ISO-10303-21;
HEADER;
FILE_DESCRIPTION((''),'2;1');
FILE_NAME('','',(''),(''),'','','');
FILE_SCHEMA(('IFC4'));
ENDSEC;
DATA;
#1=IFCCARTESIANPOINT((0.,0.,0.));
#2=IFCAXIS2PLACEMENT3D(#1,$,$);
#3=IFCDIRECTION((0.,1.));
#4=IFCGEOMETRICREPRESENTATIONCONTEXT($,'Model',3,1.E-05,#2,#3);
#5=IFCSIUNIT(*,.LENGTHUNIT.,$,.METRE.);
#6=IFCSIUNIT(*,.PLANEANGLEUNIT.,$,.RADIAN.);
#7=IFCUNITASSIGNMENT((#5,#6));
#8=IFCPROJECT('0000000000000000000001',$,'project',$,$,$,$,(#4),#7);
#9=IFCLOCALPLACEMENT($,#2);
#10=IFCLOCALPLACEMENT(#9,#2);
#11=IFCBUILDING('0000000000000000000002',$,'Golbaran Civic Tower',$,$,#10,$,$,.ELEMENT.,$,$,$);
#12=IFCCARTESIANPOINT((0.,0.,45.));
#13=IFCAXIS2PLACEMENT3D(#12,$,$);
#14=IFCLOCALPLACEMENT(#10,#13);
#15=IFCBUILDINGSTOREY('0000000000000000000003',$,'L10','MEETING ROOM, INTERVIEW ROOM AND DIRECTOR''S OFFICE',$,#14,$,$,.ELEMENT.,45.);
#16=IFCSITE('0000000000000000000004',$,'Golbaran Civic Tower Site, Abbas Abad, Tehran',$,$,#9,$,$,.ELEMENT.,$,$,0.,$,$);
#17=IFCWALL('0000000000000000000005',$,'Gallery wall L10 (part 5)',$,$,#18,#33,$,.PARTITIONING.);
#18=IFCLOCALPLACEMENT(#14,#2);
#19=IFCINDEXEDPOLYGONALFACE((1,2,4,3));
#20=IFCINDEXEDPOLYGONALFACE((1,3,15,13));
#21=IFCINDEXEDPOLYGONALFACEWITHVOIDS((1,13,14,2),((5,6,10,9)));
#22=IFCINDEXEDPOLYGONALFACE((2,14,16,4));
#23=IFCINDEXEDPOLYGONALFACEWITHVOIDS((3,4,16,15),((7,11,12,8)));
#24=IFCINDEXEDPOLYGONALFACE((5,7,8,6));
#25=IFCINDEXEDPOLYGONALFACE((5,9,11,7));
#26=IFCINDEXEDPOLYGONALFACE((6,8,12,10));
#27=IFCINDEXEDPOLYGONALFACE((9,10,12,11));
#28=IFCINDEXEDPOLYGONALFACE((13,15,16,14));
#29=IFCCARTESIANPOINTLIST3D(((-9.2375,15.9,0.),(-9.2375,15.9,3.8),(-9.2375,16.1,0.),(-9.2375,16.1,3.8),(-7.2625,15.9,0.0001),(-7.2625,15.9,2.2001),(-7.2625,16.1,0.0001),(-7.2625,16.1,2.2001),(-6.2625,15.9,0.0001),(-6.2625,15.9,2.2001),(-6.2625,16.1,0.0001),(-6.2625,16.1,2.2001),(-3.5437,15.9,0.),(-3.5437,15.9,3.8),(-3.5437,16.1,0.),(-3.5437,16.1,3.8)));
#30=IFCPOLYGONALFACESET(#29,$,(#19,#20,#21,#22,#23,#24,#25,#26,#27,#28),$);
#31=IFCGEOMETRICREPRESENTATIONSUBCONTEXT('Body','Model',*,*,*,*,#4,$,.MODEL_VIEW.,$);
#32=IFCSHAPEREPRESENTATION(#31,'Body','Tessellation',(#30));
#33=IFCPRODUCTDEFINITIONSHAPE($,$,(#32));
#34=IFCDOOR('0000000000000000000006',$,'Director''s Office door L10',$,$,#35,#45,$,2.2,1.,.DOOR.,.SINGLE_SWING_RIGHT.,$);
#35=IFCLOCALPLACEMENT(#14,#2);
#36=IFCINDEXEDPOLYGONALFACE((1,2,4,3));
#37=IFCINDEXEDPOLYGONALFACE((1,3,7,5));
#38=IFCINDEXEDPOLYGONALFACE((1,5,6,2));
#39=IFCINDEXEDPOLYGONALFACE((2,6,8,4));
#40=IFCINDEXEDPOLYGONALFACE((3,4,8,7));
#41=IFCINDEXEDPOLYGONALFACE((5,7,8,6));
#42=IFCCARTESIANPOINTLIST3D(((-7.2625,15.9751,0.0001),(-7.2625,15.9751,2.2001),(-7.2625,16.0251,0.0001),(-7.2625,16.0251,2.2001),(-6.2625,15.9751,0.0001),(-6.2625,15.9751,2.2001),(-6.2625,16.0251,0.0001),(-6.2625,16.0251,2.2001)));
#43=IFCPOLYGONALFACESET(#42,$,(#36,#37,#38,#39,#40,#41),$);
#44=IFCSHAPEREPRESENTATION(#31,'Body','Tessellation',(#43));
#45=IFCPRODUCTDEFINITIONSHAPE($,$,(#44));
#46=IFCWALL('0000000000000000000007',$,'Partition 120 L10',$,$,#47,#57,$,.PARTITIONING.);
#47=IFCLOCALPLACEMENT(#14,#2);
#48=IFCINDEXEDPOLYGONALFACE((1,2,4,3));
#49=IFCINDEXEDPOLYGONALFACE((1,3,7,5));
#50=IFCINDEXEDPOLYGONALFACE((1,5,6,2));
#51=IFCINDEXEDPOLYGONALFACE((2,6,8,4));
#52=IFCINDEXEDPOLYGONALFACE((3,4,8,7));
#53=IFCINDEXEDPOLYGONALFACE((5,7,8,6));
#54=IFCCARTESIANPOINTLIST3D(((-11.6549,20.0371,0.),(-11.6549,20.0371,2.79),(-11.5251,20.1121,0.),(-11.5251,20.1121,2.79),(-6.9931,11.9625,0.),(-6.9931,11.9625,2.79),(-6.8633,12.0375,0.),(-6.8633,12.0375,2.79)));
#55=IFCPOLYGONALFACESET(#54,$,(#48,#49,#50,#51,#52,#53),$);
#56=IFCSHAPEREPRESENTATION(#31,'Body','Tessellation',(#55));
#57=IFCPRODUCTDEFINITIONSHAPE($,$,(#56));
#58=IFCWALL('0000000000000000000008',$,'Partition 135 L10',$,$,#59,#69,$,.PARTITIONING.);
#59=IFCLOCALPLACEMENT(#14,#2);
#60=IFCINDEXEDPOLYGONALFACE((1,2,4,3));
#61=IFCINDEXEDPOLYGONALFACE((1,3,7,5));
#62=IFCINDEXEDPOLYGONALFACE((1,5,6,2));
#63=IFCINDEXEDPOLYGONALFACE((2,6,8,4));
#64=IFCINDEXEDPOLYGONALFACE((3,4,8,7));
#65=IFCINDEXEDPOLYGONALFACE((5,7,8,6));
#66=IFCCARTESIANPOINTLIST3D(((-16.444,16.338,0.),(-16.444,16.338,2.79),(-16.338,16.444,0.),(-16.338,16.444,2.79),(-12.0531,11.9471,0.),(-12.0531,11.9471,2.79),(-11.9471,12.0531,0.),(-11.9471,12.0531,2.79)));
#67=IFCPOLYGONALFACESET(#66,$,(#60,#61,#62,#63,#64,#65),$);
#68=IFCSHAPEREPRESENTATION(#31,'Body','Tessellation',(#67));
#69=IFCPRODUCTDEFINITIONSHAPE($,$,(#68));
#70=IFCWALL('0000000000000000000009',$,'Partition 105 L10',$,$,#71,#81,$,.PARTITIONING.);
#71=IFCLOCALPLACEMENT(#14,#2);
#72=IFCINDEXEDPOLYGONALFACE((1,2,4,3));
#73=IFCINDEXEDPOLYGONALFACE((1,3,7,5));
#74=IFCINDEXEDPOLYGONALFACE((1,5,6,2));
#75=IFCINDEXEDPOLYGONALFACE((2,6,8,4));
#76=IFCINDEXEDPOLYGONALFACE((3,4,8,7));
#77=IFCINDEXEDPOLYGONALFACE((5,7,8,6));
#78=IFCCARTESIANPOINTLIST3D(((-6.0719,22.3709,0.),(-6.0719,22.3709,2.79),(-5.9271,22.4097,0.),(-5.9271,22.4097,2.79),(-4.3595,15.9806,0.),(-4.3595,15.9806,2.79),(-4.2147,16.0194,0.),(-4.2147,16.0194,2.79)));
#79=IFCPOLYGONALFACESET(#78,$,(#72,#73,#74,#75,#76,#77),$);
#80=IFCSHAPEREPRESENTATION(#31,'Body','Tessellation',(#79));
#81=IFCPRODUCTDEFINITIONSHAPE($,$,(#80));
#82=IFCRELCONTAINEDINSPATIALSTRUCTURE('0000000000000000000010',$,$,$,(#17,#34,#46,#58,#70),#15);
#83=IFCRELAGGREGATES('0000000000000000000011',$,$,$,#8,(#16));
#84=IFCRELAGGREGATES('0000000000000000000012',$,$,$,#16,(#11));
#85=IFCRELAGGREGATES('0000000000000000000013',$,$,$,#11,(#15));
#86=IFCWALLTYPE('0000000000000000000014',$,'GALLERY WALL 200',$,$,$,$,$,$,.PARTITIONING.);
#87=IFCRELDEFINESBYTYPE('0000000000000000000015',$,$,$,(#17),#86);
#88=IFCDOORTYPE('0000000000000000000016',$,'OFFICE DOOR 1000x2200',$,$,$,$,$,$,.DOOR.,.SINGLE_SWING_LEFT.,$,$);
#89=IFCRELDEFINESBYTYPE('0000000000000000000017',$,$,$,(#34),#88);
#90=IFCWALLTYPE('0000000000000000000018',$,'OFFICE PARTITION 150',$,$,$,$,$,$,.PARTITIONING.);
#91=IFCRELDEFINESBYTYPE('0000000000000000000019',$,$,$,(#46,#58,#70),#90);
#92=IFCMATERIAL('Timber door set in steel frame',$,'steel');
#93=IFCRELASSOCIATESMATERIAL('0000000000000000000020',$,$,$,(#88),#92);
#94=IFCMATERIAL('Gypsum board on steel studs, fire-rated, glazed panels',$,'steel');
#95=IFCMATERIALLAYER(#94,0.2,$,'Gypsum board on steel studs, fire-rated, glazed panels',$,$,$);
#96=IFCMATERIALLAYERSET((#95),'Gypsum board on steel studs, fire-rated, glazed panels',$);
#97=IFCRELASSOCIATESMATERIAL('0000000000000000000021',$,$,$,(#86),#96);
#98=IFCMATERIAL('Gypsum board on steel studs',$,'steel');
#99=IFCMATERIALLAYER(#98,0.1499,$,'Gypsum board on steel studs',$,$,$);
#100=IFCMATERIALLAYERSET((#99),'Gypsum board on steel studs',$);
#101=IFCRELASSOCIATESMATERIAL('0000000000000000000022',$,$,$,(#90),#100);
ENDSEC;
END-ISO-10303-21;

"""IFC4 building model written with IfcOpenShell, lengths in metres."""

from ifc_helpers import new_model, si_unit, direction, frame, frame_2d, origin, place, context, subcontext, project, spatial, rectangle, extrude, material, layer, layer_set, type_object, element, fill, save


model = new_model("IFC4")

# Units and contexts
model_context = context("Model", 3, precision=1e-05, world=origin(), true_north=direction((0.0, 1.0)))
body_context = subcontext(model_context, "Body", "Model", "MODEL_VIEW")
ifc_project = project(units=[si_unit("LENGTHUNIT", "METRE"), si_unit("PLANEANGLEUNIT", "RADIAN")], contexts=[model_context])

# Site, building, storey
site_placement = place(None, origin())
site = spatial("IfcSite", under=ifc_project, at=site_placement, Name="Golbaran Civic Tower Site, Abbas Abad, Tehran", CompositionType="ELEMENT", RefElevation=0.0)
building_placement = place(site_placement, origin())
building = spatial("IfcBuilding", under=site, at=building_placement, Name="Golbaran Civic Tower", CompositionType="ELEMENT")
storey_placement = place(building_placement, frame((0.0, 0.0, 45.0)))
storey = spatial("IfcBuildingStorey", under=building, at=storey_placement, Name="L10", Description="MEETING ROOM, INTERVIEW ROOM AND DIRECTOR'S OFFICE", CompositionType="ELEMENT", Elevation=45.0)

# Shared definitions
ifc_material_1 = material(Name="Timber door set in steel frame", Category="steel")
door_type = type_object("IfcDoorType", Name="OFFICE DOOR 1000x2200", OperationType="SINGLE_SWING_LEFT", PredefinedType="DOOR", material=ifc_material_1)

# Shared definitions
ifc_material_2 = material(Name="Gypsum board on steel studs, fire-rated, glazed panels", Category="steel")
ifc_layer_1 = layer(ifc_material_2, 0.2, Name="Gypsum board on steel studs, fire-rated, glazed panels")
ifc_layer_set_1 = layer_set([ifc_layer_1], Name="Gypsum board on steel studs, fire-rated, glazed panels")
wall_type_1 = type_object("IfcWallType", Name="GALLERY WALL 200", PredefinedType="PARTITIONING", material=ifc_layer_set_1)

# Wall, opening, door
wall_1_placement = place(storey_placement, frame((-3.5437, 16.0, 0.0), z_axis=(0.0, 0.0, 1.0), x_axis=(-1.0, 0.0, 0.0)))
wall_1 = element("IfcWall", 1, at=wall_1_placement, inside=storey, type_object=wall_type_1, Name="Gallery wall L10 (part 5)", PredefinedType="PARTITIONING", context=body_context, shape_type="SweptSolid", body=[
    extrude(rectangle(XDim=5.6938, YDim=0.2, at=frame_2d((2.8469, 0.0))), origin(), (0.0, 0.0, 1.0), 3.8),
])
opening_1_placement = place(wall_1_placement, frame((2.7188, 0.0, 0.0)))
opening_1 = element("IfcOpeningElement", 2, at=opening_1_placement, cuts=wall_1, PredefinedType="OPENING", context=body_context, shape_type="SweptSolid", body=[
    extrude(rectangle(XDim=1.0, YDim=2.2, at=frame_2d((0.5, 1.1001))), frame((0.0, 0.1099, 0.0), z_axis=(0.0, -1.0, 0.0), x_axis=(1.0, 0.0, 0.0)), (0.0, 0.0, 1.0), 0.22),
])
door_1_placement = place(opening_1_placement, origin())
door_1 = element("IfcDoor", 3, at=door_1_placement, inside=storey, type_object=door_type, Name="Director's Office door L10", OperationType="SINGLE_SWING_RIGHT", OverallHeight=2.2, OverallWidth=1.0, PredefinedType="DOOR", context=body_context, shape_type="SweptSolid", body=[
    extrude(rectangle(XDim=1.0, YDim=2.2, at=frame_2d((0.5, 1.1001))), frame((0.0, 0.0249, 0.0), z_axis=(0.0, -1.0, 0.0), x_axis=(1.0, 0.0, 0.0)), (0.0, 0.0, 1.0), 0.05),
])
fill(opening_1, door_1)

# Walls
ifc_material_3 = material(Name="Gypsum board on steel studs", Category="steel")
ifc_layer_2 = layer(ifc_material_3, 0.1499, Name="Gypsum board on steel studs")
ifc_layer_set_2 = layer_set([ifc_layer_2], Name="Gypsum board on steel studs")
wall_type_2 = type_object("IfcWallType", Name="OFFICE PARTITION 150", PredefinedType="PARTITIONING", material=ifc_layer_set_2)
wall_2_placement = place(storey_placement, frame((-6.9282, 12.0, 0.0), z_axis=(0.0, 0.0, 1.0), x_axis=(-0.499994, 0.866029, 0.0)))
element("IfcWall", 4, at=wall_2_placement, inside=storey, type_object=wall_type_2, Name="Partition 120 L10", PredefinedType="PARTITIONING", context=body_context, shape_type="SweptSolid", body=[
    extrude(rectangle(XDim=9.3237, YDim=0.1499, at=frame_2d((4.6619, 0.0))), origin(), (0.0, 0.0, 1.0), 2.79),
])
wall_3_placement = place(storey_placement, frame((-12.0, 12.0, 0.0), z_axis=(0.0, 0.0, 1.0), x_axis=(-0.707107, 0.707107, 0.0)))
element("IfcWall", 5, at=wall_3_placement, inside=storey, type_object=wall_type_2, Name="Partition 135 L10", PredefinedType="PARTITIONING", context=body_context, shape_type="SweptSolid", body=[
    extrude(rectangle(XDim=6.2097, YDim=0.1499, at=frame_2d((3.105, 0.0))), origin(), (0.0, 0.0, 1.0), 2.79),
])
wall_4_placement = place(storey_placement, frame((-4.2871, 16.0, 0.0), z_axis=(0.0, 0.0, 1.0), x_axis=(-0.258834, 0.965922, 0.0)))
element("IfcWall", 6, at=wall_4_placement, inside=storey, type_object=wall_type_2, Name="Partition 105 L10", PredefinedType="PARTITIONING", context=body_context, shape_type="SweptSolid", body=[
    extrude(rectangle(XDim=6.6157, YDim=0.1499, at=frame_2d((3.3079, 0.0))), origin(), (0.0, 0.0, 1.0), 2.79),
])

save(model, "model.ifc")
